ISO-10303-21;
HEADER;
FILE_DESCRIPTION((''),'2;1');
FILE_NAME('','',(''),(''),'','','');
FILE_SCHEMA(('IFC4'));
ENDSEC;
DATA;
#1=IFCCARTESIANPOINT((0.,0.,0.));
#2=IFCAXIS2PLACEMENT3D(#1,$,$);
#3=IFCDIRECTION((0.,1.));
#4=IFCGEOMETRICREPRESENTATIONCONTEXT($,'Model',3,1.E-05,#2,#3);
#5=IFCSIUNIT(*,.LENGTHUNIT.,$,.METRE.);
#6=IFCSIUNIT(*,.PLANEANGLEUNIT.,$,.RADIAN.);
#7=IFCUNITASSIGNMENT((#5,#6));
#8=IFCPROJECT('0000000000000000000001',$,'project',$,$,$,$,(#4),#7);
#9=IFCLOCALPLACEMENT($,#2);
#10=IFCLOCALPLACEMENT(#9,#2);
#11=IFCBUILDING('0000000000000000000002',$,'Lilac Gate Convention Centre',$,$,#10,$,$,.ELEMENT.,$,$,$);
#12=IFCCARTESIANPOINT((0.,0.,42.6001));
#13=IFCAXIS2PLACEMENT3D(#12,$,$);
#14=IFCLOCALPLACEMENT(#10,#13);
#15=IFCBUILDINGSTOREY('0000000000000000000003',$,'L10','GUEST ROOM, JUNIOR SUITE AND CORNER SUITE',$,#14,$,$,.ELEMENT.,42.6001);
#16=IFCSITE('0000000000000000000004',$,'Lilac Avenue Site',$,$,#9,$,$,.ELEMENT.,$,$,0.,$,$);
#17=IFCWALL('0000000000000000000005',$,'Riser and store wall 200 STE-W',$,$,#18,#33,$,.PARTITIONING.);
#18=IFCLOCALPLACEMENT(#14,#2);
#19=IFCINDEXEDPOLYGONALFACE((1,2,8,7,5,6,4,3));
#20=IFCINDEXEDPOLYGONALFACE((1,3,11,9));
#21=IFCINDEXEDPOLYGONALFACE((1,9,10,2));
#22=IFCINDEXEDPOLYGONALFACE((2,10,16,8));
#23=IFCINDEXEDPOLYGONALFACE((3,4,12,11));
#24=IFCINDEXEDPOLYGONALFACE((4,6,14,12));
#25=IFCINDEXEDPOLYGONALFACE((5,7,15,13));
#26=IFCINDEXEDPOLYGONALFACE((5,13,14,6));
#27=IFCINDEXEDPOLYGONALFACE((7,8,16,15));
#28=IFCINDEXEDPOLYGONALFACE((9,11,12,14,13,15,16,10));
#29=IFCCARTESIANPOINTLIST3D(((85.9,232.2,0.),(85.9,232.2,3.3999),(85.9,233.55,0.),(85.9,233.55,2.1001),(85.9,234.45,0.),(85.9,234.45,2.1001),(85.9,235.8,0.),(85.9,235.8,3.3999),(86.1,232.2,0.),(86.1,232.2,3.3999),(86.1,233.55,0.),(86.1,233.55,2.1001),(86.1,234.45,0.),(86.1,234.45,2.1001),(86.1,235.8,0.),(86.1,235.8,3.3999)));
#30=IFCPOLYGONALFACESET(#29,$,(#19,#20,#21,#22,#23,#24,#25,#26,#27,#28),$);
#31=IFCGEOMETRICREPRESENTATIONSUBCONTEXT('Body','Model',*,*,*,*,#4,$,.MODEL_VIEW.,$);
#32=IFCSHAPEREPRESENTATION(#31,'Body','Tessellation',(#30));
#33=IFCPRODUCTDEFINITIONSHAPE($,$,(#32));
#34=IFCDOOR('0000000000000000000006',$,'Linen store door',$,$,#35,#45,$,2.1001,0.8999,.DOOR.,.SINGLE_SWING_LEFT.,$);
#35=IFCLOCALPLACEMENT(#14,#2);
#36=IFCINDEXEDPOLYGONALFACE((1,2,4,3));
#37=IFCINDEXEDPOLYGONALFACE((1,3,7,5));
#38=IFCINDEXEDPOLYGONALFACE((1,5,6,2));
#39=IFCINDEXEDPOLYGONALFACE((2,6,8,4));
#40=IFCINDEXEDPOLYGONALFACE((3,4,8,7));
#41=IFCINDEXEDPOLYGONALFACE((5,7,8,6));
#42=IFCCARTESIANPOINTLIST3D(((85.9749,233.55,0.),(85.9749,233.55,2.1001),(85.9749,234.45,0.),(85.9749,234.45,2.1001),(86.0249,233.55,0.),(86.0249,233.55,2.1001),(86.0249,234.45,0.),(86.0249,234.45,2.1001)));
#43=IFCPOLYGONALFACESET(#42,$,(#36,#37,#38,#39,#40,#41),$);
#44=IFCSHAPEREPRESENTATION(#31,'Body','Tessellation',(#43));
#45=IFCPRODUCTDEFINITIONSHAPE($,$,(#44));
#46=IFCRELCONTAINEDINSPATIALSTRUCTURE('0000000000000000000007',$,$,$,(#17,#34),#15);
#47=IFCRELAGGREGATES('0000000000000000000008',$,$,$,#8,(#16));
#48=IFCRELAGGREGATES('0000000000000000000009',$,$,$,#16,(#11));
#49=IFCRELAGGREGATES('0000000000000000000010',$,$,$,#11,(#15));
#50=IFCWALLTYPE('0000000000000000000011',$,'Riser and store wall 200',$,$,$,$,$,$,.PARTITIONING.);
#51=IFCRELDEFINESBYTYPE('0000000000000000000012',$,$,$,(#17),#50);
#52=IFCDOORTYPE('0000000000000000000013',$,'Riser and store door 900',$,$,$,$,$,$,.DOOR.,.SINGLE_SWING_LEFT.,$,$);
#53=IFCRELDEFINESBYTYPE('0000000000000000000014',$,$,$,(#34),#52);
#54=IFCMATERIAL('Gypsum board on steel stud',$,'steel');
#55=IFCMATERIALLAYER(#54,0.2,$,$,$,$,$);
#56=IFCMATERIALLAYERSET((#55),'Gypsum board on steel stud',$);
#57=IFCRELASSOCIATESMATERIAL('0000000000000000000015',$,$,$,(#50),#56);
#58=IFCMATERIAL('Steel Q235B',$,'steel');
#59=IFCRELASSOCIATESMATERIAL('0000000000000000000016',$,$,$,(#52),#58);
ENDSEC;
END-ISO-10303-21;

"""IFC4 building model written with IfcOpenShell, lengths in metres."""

from ifc_helpers import new_model, si_unit, direction, frame, frame_2d, origin, place, context, subcontext, project, spatial, rectangle, extrude, material, layer, layer_set, type_object, element, fill, save


model = new_model("IFC4")

# Units and contexts
model_context = context("Model", 3, precision=1e-05, world=origin(), true_north=direction((0.0, 1.0)))
body_context = subcontext(model_context, "Body", "Model", "MODEL_VIEW")
ifc_project = project(units=[si_unit("LENGTHUNIT", "METRE"), si_unit("PLANEANGLEUNIT", "RADIAN")], contexts=[model_context])

# Site, building, storey
site_placement = place(None, origin())
site = spatial("IfcSite", under=ifc_project, at=site_placement, Name="Lilac Avenue Site", CompositionType="ELEMENT", RefElevation=0.0)
building_placement = place(site_placement, origin())
building = spatial("IfcBuilding", under=site, at=building_placement, Name="Lilac Gate Convention Centre", CompositionType="ELEMENT")
storey_placement = place(building_placement, frame((0.0, 0.0, 42.6001)))
storey = spatial("IfcBuildingStorey", under=building, at=storey_placement, Name="L10", Description="GUEST ROOM, JUNIOR SUITE AND CORNER SUITE", CompositionType="ELEMENT", Elevation=42.6001)

# Shared definitions
ifc_material_1 = material(Name="Gypsum board on steel stud", Category="steel")

# Shared definitions
ifc_layer_1 = layer(ifc_material_1, 0.2)
ifc_layer_set_1 = layer_set([ifc_layer_1], Name="Gypsum board on steel stud")
wall_type_1 = type_object("IfcWallType", Name="Riser and store wall 200", PredefinedType="PARTITIONING", material=ifc_layer_set_1)

# Wall, opening, door
wall_1_placement = place(storey_placement, frame((86.0, 235.8, 0.0), z_axis=(0.0, 0.0, 1.0), x_axis=(0.0, -1.0, 0.0)))
wall_1 = element("IfcWall", 1, at=wall_1_placement, inside=storey, type_object=wall_type_1, Name="Riser and store wall 200 STE-W", PredefinedType="PARTITIONING", context=body_context, shape_type="SweptSolid", body=[
    extrude(rectangle(XDim=3.6001, YDim=0.2, at=frame_2d((1.8, 0.0))), origin(), (0.0, 0.0, 1.0), 3.3999),
])
opening_1_placement = place(wall_1_placement, frame((1.3501, 0.0, 0.0)))
opening_1 = element("IfcOpeningElement", 2, at=opening_1_placement, cuts=wall_1, PredefinedType="OPENING", context=body_context, shape_type="SweptSolid", body=[
    extrude(rectangle(XDim=0.8999, YDim=2.1001, at=frame_2d((0.45, 1.05))), frame((0.0, 0.1099, 0.0), z_axis=(0.0, -1.0, 0.0), x_axis=(1.0, 0.0, 0.0)), (0.0, 0.0, 1.0), 0.22),
])
ifc_material_2 = material(Name="Steel Q235B", Category="steel")
door_type_1 = type_object("IfcDoorType", Name="Riser and store door 900", OperationType="SINGLE_SWING_LEFT", PredefinedType="DOOR", material=ifc_material_2)
door_1_placement = place(opening_1_placement, origin())
door_1 = element("IfcDoor", 3, at=door_1_placement, inside=storey, type_object=door_type_1, Name="Linen store door", OperationType="SINGLE_SWING_LEFT", OverallHeight=2.1001, OverallWidth=0.8999, PredefinedType="DOOR", context=body_context, shape_type="SweptSolid", body=[
    extrude(rectangle(XDim=0.8999, YDim=2.1001, at=frame_2d((0.45, 1.05))), frame((0.0, 0.0249, 0.0), z_axis=(0.0, -1.0, 0.0), x_axis=(1.0, 0.0, 0.0)), (0.0, 0.0, 1.0), 0.05),
])
fill(opening_1, door_1)

save(model, "model.ifc")
